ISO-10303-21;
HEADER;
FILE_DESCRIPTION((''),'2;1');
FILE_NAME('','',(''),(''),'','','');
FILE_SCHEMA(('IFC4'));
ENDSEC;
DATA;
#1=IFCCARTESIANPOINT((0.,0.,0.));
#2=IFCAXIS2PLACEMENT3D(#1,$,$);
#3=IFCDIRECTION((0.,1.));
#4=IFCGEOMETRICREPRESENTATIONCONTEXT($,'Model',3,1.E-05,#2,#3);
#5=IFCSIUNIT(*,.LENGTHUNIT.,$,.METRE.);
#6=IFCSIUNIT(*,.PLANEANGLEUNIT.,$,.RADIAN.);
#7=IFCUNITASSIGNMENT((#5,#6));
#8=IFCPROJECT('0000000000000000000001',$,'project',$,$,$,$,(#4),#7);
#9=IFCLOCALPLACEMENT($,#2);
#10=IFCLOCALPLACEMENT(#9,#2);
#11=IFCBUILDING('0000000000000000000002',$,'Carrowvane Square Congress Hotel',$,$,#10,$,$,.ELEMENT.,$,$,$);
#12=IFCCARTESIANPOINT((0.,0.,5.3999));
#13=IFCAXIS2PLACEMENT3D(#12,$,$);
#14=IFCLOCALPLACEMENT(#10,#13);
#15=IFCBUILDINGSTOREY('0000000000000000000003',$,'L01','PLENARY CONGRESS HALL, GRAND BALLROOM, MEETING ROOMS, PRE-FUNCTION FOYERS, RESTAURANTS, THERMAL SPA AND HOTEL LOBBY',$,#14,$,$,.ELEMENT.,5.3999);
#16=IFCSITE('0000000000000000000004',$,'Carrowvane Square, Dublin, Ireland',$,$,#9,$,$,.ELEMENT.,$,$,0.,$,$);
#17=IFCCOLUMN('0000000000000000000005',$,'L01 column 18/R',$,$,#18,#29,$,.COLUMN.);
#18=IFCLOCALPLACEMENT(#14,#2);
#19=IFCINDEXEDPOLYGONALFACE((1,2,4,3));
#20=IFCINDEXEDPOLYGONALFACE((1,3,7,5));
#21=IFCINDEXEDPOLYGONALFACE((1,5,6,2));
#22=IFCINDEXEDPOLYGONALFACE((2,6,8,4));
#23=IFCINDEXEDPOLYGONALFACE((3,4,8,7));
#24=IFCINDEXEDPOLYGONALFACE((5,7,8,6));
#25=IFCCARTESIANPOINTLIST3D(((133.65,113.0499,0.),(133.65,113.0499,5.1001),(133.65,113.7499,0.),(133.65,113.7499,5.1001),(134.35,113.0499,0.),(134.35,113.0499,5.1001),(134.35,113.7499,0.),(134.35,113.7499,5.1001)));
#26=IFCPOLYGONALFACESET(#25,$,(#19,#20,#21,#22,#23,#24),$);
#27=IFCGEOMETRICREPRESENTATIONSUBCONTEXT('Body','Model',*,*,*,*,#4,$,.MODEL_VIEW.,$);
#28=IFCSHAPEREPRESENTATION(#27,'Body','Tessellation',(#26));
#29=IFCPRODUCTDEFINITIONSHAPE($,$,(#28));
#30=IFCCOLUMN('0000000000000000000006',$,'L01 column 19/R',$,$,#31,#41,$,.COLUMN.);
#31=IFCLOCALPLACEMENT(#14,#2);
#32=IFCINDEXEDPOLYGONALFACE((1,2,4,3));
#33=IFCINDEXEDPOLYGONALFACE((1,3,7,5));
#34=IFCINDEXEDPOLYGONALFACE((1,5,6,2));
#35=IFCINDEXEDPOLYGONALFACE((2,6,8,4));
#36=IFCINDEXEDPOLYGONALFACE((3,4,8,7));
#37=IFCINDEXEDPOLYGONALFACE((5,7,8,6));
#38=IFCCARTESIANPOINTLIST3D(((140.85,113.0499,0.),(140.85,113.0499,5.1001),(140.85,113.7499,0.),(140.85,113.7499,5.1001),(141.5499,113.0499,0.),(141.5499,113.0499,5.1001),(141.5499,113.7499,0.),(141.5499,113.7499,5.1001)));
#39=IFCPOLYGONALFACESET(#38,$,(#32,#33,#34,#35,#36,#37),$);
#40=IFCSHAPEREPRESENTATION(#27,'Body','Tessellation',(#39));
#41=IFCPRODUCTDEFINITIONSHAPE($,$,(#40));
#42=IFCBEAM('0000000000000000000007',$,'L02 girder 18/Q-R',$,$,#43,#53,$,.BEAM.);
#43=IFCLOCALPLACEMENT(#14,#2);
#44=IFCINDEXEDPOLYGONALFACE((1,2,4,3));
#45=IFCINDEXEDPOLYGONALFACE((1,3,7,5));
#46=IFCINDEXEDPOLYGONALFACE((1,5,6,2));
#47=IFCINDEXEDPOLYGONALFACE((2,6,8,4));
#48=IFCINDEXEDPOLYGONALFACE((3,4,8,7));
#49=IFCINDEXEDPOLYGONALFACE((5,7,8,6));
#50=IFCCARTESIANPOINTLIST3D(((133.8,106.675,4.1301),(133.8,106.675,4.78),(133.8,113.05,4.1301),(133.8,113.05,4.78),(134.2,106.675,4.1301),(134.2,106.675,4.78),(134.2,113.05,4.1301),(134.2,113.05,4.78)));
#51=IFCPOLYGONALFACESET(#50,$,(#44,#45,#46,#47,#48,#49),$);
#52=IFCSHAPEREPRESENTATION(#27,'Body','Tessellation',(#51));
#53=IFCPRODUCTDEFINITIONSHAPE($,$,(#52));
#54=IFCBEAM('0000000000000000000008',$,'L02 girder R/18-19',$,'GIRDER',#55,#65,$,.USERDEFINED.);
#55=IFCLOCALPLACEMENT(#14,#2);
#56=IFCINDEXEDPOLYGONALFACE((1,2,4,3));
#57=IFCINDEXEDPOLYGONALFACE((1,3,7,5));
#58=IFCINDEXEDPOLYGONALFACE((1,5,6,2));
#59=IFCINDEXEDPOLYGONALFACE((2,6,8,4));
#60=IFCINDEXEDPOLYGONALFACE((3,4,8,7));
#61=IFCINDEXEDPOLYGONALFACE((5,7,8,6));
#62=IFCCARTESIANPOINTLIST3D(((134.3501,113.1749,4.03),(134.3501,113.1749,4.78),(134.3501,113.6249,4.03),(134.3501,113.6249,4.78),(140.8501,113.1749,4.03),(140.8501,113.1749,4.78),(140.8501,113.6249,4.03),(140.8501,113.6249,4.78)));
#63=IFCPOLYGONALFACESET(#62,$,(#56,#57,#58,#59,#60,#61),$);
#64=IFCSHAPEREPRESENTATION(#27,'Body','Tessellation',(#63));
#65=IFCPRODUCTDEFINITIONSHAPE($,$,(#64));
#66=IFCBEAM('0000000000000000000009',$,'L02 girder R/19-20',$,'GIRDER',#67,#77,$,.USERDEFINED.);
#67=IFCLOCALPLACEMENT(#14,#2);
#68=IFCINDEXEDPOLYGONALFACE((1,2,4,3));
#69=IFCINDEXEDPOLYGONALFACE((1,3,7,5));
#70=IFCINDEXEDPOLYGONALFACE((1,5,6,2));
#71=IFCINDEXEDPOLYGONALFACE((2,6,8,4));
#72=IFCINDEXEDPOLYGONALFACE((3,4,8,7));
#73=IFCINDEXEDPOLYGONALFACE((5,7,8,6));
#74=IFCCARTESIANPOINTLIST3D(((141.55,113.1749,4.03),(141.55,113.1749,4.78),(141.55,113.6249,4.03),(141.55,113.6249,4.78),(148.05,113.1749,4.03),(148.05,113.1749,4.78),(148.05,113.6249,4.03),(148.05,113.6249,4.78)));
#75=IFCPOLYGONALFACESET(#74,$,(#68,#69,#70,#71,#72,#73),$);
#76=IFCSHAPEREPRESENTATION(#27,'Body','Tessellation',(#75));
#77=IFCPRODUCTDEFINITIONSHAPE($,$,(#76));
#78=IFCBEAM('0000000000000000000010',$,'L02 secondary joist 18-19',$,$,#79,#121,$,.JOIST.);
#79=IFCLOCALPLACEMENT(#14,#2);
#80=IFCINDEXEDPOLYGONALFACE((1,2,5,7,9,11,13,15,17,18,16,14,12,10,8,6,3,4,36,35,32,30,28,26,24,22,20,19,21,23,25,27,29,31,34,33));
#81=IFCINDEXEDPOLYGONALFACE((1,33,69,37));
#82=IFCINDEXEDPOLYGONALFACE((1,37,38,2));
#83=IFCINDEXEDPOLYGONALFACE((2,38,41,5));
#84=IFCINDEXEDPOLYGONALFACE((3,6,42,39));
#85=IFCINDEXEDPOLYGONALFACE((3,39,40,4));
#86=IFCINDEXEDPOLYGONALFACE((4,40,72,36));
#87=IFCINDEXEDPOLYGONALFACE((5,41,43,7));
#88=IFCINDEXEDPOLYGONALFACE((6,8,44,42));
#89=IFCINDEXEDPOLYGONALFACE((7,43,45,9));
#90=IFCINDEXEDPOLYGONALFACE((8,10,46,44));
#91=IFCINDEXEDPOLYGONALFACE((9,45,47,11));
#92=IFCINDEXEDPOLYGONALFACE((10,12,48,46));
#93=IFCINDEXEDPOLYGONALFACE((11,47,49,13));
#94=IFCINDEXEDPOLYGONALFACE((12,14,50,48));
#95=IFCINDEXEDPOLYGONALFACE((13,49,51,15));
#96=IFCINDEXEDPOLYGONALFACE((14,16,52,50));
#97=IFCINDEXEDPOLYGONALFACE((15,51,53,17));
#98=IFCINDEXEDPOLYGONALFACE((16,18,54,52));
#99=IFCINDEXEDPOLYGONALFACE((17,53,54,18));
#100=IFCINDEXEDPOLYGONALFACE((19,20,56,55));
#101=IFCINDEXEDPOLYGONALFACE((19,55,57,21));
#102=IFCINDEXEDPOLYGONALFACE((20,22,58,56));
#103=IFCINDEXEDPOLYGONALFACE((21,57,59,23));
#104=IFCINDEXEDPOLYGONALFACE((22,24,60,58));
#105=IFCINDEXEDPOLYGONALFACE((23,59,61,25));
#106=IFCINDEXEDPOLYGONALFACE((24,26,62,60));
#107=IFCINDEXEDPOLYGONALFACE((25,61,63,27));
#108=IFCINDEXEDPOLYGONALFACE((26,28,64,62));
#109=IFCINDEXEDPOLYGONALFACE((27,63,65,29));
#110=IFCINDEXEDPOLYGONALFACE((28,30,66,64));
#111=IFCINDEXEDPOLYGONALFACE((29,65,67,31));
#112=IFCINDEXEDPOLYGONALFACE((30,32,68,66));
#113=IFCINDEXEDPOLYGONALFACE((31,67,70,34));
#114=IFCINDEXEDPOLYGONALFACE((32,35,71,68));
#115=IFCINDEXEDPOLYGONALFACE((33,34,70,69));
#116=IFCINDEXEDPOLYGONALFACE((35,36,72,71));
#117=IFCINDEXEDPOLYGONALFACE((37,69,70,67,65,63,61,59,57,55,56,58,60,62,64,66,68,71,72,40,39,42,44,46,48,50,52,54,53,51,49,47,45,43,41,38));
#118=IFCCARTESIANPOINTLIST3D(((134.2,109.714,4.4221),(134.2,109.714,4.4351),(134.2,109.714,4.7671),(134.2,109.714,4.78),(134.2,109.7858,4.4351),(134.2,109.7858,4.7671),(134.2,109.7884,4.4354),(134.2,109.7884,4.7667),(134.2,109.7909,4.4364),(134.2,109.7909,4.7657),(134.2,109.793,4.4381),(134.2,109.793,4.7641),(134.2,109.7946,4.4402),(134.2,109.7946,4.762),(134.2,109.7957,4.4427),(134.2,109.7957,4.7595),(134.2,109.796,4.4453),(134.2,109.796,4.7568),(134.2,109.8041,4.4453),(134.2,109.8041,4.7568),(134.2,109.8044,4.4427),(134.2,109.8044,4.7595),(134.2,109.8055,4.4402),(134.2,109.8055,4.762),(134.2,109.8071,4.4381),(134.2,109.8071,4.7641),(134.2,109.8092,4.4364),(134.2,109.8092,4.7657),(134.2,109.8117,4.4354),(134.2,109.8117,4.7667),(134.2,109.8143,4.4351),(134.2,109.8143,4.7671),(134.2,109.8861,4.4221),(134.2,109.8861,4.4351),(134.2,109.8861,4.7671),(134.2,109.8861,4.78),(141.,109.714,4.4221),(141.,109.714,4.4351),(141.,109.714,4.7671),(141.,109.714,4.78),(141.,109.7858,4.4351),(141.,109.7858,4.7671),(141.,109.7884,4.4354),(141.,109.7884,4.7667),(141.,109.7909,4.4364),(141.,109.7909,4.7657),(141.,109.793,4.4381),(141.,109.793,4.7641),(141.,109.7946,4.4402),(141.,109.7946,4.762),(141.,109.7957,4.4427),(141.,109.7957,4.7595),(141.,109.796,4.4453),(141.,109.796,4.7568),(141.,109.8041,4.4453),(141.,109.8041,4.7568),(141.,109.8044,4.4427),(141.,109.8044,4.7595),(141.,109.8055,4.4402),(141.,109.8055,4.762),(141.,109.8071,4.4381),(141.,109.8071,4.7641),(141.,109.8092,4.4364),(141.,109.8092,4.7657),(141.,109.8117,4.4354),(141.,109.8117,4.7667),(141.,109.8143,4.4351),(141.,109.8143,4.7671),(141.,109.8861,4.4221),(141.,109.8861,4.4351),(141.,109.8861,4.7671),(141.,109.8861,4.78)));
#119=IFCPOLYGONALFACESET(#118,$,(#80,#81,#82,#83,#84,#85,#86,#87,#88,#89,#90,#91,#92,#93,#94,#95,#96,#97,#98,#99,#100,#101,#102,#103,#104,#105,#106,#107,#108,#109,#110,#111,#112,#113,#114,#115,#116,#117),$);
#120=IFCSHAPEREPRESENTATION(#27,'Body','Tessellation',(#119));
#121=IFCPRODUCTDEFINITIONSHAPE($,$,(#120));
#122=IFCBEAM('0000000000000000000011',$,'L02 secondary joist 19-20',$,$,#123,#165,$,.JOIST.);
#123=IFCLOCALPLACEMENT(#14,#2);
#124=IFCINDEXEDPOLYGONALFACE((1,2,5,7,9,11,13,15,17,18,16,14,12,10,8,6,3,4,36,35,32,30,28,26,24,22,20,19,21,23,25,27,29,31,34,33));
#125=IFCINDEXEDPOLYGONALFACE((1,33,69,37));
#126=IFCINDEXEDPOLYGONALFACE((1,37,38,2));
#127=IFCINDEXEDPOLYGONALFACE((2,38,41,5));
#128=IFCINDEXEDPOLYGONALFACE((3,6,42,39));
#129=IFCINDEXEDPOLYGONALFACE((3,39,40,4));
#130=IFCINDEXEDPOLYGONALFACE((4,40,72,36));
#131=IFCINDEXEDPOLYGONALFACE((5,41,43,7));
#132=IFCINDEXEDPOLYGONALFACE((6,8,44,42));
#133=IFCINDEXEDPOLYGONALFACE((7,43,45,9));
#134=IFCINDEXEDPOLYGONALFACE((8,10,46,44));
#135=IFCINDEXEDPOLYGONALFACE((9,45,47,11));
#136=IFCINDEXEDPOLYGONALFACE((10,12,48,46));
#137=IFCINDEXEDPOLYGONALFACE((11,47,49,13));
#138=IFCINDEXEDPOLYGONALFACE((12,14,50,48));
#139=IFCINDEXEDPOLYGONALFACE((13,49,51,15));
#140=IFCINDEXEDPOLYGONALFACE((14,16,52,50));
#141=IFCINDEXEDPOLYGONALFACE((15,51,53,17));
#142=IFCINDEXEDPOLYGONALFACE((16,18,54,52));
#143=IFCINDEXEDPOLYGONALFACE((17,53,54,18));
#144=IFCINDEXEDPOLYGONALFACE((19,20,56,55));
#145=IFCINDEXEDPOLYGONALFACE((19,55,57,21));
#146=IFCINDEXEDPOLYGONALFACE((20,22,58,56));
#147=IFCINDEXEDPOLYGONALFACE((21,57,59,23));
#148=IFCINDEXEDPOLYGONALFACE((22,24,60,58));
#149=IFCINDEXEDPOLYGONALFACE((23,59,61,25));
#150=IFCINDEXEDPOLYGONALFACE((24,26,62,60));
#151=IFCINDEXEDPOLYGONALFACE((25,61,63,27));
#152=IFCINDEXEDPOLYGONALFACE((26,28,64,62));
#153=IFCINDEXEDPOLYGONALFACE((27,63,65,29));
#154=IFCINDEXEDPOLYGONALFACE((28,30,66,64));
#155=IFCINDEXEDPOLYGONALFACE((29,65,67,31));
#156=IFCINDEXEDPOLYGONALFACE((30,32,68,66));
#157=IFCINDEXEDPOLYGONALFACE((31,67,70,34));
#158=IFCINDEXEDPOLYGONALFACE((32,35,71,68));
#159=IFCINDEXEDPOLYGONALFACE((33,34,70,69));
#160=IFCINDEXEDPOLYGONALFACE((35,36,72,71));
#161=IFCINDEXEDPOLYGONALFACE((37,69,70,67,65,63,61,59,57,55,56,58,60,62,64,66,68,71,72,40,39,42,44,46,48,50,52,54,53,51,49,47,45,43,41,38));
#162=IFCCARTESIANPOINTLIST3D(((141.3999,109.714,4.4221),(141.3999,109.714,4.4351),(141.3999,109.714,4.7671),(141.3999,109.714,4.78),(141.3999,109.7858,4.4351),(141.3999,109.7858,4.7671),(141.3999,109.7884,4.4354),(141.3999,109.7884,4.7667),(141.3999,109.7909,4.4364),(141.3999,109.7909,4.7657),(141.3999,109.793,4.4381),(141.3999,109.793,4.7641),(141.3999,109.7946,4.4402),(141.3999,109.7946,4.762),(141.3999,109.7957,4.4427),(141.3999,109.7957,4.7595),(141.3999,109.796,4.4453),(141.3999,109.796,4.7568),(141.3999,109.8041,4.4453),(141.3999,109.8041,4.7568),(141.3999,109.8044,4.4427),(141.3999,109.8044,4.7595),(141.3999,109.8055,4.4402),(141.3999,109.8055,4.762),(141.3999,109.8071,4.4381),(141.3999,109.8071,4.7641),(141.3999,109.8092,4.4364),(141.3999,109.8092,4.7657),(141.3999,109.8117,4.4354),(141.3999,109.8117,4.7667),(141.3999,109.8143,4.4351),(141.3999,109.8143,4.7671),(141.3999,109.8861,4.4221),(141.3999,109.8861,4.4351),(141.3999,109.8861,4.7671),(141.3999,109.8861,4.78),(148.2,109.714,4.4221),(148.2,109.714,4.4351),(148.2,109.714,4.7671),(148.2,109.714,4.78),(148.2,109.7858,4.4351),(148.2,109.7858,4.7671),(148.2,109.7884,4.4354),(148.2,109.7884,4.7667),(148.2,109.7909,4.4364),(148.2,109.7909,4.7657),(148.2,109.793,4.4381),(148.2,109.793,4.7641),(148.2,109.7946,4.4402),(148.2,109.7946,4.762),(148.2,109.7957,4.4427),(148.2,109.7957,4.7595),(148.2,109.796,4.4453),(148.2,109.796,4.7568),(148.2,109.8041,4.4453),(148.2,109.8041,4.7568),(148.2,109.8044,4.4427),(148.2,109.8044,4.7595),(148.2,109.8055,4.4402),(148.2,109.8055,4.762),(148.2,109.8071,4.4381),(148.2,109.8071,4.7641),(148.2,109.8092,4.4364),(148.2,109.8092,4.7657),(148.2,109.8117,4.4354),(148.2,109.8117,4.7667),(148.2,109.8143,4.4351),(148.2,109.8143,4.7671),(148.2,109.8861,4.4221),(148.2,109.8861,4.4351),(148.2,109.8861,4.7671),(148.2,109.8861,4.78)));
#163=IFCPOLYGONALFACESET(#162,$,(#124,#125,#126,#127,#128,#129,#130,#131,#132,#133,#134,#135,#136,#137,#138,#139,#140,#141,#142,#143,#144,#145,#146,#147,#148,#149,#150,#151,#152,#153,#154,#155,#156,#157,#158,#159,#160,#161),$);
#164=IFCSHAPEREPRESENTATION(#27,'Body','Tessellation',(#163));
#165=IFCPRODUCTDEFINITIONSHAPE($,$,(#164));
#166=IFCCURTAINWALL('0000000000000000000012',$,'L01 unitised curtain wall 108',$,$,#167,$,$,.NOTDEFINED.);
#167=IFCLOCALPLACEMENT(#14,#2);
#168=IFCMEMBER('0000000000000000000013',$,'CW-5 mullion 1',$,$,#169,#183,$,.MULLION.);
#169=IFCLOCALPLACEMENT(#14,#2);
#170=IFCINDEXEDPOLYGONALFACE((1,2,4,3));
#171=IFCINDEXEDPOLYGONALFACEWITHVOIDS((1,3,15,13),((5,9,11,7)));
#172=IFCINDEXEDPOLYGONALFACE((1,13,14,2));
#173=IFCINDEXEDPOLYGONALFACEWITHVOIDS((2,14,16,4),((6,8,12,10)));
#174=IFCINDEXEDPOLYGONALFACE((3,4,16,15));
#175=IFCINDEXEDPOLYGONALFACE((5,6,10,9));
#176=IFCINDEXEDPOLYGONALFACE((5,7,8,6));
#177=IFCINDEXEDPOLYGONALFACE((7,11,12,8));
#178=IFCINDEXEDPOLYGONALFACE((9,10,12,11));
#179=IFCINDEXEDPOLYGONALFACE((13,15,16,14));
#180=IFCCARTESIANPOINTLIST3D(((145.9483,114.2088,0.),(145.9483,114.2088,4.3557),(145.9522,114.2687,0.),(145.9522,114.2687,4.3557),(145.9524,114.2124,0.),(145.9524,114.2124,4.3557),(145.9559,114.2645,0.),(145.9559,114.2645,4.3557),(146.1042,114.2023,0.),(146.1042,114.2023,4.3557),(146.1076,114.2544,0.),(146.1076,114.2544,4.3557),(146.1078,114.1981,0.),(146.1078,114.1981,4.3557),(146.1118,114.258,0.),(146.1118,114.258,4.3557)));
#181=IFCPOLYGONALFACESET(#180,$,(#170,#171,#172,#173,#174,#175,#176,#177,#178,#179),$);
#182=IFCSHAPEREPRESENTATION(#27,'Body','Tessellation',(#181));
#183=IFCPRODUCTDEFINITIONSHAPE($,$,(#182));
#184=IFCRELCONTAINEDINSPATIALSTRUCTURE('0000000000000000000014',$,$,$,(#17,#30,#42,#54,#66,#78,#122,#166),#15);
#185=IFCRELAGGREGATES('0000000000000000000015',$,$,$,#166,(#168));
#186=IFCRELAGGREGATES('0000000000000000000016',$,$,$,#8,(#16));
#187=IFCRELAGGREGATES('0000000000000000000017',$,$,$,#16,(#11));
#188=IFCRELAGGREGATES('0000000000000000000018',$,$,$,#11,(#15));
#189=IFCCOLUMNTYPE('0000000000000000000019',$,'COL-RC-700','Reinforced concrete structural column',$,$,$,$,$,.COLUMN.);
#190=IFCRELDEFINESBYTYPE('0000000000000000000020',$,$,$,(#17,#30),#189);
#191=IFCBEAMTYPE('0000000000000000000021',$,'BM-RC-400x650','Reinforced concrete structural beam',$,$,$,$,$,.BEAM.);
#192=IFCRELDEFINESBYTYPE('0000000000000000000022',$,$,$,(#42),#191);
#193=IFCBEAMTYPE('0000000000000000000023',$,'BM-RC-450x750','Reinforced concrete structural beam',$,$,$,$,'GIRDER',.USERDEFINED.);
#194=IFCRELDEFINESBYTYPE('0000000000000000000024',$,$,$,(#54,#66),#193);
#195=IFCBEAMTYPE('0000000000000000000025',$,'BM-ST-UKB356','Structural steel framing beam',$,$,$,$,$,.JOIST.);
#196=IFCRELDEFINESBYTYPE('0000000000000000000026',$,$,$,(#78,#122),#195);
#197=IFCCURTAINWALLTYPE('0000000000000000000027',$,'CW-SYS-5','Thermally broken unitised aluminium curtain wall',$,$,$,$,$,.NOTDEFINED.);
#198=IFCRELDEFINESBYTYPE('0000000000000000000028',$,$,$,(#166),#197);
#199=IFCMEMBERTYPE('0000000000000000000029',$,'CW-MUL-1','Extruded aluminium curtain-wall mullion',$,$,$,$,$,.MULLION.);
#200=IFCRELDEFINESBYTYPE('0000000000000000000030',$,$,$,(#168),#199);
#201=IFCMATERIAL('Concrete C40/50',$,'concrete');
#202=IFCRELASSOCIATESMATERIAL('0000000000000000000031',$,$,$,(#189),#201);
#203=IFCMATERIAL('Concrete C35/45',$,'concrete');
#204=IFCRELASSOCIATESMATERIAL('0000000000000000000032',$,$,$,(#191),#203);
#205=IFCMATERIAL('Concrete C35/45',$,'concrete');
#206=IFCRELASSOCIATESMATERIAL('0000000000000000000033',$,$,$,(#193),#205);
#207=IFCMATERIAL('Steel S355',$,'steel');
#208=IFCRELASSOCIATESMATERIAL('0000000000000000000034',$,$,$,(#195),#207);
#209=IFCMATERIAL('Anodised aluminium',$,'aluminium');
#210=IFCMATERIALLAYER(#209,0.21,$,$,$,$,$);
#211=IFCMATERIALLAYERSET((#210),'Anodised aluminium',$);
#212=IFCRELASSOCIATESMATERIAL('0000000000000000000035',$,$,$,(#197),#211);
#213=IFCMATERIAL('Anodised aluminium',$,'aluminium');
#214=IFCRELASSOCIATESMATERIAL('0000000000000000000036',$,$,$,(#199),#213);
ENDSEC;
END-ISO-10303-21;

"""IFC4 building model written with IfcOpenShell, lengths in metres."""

from ifc_helpers import new_model, si_unit, direction, frame, origin, origin_2d, place, context, subcontext, project, spatial, rectangle, hollow_rectangle, i_section, extrude, material, layer, layer_set, material_profile, profile_set, type_object, element, aggregate, save


model = new_model("IFC4")

# Units and contexts
model_context = context("Model", 3, precision=1e-05, world=origin(), true_north=direction((0.0, 1.0)))
body_context = subcontext(model_context, "Body", "Model", "MODEL_VIEW")
ifc_project = project(units=[si_unit("LENGTHUNIT", "METRE"), si_unit("PLANEANGLEUNIT", "RADIAN")], contexts=[model_context])

# Site, building, storey
site_placement = place(None, origin())
site = spatial("IfcSite", under=ifc_project, at=site_placement, Name="Carrowvane Square, Dublin, Ireland", CompositionType="ELEMENT", RefElevation=0.0)
building_placement = place(site_placement, origin())
building = spatial("IfcBuilding", under=site, at=building_placement, Name="Carrowvane Square Congress Hotel", CompositionType="ELEMENT")
storey_placement = place(building_placement, frame((0.0, 0.0, 5.3999)))
storey = spatial("IfcBuildingStorey", under=building, at=storey_placement, Name="L01", Description="PLENARY CONGRESS HALL, GRAND BALLROOM, MEETING ROOMS, PRE-FUNCTION FOYERS, RESTAURANTS, THERMAL SPA AND HOTEL LOBBY", CompositionType="ELEMENT", Elevation=5.3999)

# Columns
ifc_material_1 = material(Name="Concrete C40/50", Category="concrete")
ifc_material_profile_1 = material_profile(ifc_material_1, rectangle(XDim=0.7, YDim=0.7, at=origin_2d()), Name="RC 700x700")
ifc_profile_set_1 = profile_set([ifc_material_profile_1], Name="Concrete C40/50")
column_type = type_object("IfcColumnType", Name="COL-RC-700", Description="Reinforced concrete structural column", PredefinedType="COLUMN", material=ifc_profile_set_1)
for number, where, z_axis, x_axis, name in (
    (1, (134.0, 113.3999, 0.0), (0.0, 0.0, 1.0), (1.0, 0.0, 0.0), "L01 column 18/R"),
    (2, (141.2, 113.3999, 0.0), (0.0, 0.0, 1.0), (1.0, 0.0, 0.0), "L01 column 19/R"),
):
    element("IfcColumn", number, at=place(storey_placement, frame(where, z_axis=z_axis, x_axis=x_axis)), inside=storey, type_object=column_type, Name=name, PredefinedType="COLUMN", context=body_context, shape_type="SweptSolid", body=[
        extrude(rectangle(XDim=0.7, YDim=0.7, at=origin_2d()), origin(), (0.0, 0.0, 1.0), 5.1001),
    ])

# Beams
ifc_material_2 = material(Name="Concrete C35/45", Category="concrete")
ifc_material_profile_2 = material_profile(ifc_material_2, rectangle(XDim=0.3999, YDim=0.6499, at=origin_2d()), Name="RC 400x650")
ifc_profile_set_2 = profile_set([ifc_material_profile_2], Name="Concrete C35/45")
beam_type_1 = type_object("IfcBeamType", Name="BM-RC-400x650", Description="Reinforced concrete structural beam", PredefinedType="BEAM", material=ifc_profile_set_2)
beam_placement = place(storey_placement, frame((134.0, 106.675, 4.4551), z_axis=(0.0, 1.0, 0.0), x_axis=(-1.0, 0.0, 0.0)))
element("IfcBeam", 3, at=beam_placement, inside=storey, type_object=beam_type_1, Name="L02 girder 18/Q-R", PredefinedType="BEAM", context=body_context, shape_type="SweptSolid", body=[
    extrude(rectangle(XDim=0.3999, YDim=0.6499, at=origin_2d()), origin(), (0.0, 0.0, 1.0), 6.375),
])
ifc_material_3 = material(Name="Concrete C35/45", Category="concrete")
ifc_material_profile_3 = material_profile(ifc_material_3, rectangle(XDim=0.45, YDim=0.75, at=origin_2d()), Name="RC 450x750")
ifc_profile_set_3 = profile_set([ifc_material_profile_3], Name="Concrete C35/45")
beam_type_2 = type_object("IfcBeamType", Name="BM-RC-450x750", Description="Reinforced concrete structural beam", ElementType="GIRDER", PredefinedType="USERDEFINED", material=ifc_profile_set_3)
for number, where, z_axis, x_axis, name in (
    (4, (134.3501, 113.3999, 4.405), (1.0, 0.0, 0.0), (0.0, 1.0, 0.0), "L02 girder R/18-19"),
    (5, (141.55, 113.3999, 4.405), (1.0, 0.0, 0.0), (0.0, 1.0, 0.0), "L02 girder R/19-20"),
):
    element("IfcBeam", number, at=place(storey_placement, frame(where, z_axis=z_axis, x_axis=x_axis)), inside=storey, type_object=beam_type_2, Name=name, ObjectType="GIRDER", PredefinedType="USERDEFINED", context=body_context, shape_type="SweptSolid", body=[
        extrude(rectangle(XDim=0.45, YDim=0.75, at=origin_2d()), origin(), (0.0, 0.0, 1.0), 6.5),
    ])
ifc_material_4 = material(Name="Steel S355", Category="steel")
ifc_material_profile_4 = material_profile(ifc_material_4, i_section(OverallWidth=0.1721, OverallDepth=0.3579, WebThickness=0.0081, FlangeThickness=0.0129, FilletRadius=0.0103, at=origin_2d()), Name="UKB 356x171x57")
ifc_profile_set_4 = profile_set([ifc_material_profile_4], Name="Steel S355")
beam_type_3 = type_object("IfcBeamType", Name="BM-ST-UKB356", Description="Structural steel framing beam", PredefinedType="JOIST", material=ifc_profile_set_4)
for number, where, z_axis, x_axis, name in (
    (6, (134.2, 109.8, 4.6011), (1.0, 0.0, 0.0), (0.0, 1.0, 0.0), "L02 secondary joist 18-19"),
    (7, (141.3999, 109.8, 4.6011), (1.0, 0.0, 0.0), (0.0, 1.0, 0.0), "L02 secondary joist 19-20"),
):
    element("IfcBeam", number, at=place(storey_placement, frame(where, z_axis=z_axis, x_axis=x_axis)), inside=storey, type_object=beam_type_3, Name=name, PredefinedType="JOIST", context=body_context, shape_type="SweptSolid", body=[
        extrude(i_section(OverallWidth=0.1721, OverallDepth=0.3579, WebThickness=0.0081, FlangeThickness=0.0129, FilletRadius=0.0103, at=origin_2d()), origin(), (0.0, 0.0, 1.0), 6.8),
    ])

# Curtain wall, member
ifc_material_5 = material(Name="Anodised aluminium", Category="aluminium")
ifc_layer_1 = layer(ifc_material_5, 0.21)
ifc_layer_set_1 = layer_set([ifc_layer_1], Name="Anodised aluminium")
curtain_wall_type_1 = type_object("IfcCurtainWallType", Name="CW-SYS-5", Description="Thermally broken unitised aluminium curtain wall", PredefinedType="NOTDEFINED", material=ifc_layer_set_1)
curtain_wall_1_placement = place(storey_placement, origin())
curtain_wall_1 = element("IfcCurtainWall", 8, at=curtain_wall_1_placement, inside=storey, type_object=curtain_wall_type_1, Name="L01 unitised curtain wall 108", PredefinedType="NOTDEFINED")
ifc_material_6 = material(Name="Anodised aluminium", Category="aluminium")
ifc_material_profile_5 = material_profile(ifc_material_6, hollow_rectangle(XDim=0.0601, YDim=0.1599, WallThickness=0.0039, at=origin_2d()), Name="CW-ML 60x160x4")
ifc_profile_set_5 = profile_set([ifc_material_profile_5], Name="Anodised aluminium")
member_type_1 = type_object("IfcMemberType", Name="CW-MUL-1", Description="Extruded aluminium curtain-wall mullion", PredefinedType="MULLION", material=ifc_profile_set_5)
member_1_placement = place(storey_placement, frame((146.03, 114.2334, 0.0), z_axis=(0.0, 0.0, 1.0), x_axis=(0.066574, 0.997781, 0.0)))
member_1 = element("IfcMember", 9, at=member_1_placement, type_object=member_type_1, Name="CW-5 mullion 1", PredefinedType="MULLION", context=body_context, shape_type="SweptSolid", body=[
    extrude(hollow_rectangle(XDim=0.0601, YDim=0.1599, WallThickness=0.0039, at=origin_2d()), origin(), (0.0, 0.0, 1.0), 4.3557),
])

aggregate(curtain_wall_1, [member_1])

save(model, "model.ifc")
